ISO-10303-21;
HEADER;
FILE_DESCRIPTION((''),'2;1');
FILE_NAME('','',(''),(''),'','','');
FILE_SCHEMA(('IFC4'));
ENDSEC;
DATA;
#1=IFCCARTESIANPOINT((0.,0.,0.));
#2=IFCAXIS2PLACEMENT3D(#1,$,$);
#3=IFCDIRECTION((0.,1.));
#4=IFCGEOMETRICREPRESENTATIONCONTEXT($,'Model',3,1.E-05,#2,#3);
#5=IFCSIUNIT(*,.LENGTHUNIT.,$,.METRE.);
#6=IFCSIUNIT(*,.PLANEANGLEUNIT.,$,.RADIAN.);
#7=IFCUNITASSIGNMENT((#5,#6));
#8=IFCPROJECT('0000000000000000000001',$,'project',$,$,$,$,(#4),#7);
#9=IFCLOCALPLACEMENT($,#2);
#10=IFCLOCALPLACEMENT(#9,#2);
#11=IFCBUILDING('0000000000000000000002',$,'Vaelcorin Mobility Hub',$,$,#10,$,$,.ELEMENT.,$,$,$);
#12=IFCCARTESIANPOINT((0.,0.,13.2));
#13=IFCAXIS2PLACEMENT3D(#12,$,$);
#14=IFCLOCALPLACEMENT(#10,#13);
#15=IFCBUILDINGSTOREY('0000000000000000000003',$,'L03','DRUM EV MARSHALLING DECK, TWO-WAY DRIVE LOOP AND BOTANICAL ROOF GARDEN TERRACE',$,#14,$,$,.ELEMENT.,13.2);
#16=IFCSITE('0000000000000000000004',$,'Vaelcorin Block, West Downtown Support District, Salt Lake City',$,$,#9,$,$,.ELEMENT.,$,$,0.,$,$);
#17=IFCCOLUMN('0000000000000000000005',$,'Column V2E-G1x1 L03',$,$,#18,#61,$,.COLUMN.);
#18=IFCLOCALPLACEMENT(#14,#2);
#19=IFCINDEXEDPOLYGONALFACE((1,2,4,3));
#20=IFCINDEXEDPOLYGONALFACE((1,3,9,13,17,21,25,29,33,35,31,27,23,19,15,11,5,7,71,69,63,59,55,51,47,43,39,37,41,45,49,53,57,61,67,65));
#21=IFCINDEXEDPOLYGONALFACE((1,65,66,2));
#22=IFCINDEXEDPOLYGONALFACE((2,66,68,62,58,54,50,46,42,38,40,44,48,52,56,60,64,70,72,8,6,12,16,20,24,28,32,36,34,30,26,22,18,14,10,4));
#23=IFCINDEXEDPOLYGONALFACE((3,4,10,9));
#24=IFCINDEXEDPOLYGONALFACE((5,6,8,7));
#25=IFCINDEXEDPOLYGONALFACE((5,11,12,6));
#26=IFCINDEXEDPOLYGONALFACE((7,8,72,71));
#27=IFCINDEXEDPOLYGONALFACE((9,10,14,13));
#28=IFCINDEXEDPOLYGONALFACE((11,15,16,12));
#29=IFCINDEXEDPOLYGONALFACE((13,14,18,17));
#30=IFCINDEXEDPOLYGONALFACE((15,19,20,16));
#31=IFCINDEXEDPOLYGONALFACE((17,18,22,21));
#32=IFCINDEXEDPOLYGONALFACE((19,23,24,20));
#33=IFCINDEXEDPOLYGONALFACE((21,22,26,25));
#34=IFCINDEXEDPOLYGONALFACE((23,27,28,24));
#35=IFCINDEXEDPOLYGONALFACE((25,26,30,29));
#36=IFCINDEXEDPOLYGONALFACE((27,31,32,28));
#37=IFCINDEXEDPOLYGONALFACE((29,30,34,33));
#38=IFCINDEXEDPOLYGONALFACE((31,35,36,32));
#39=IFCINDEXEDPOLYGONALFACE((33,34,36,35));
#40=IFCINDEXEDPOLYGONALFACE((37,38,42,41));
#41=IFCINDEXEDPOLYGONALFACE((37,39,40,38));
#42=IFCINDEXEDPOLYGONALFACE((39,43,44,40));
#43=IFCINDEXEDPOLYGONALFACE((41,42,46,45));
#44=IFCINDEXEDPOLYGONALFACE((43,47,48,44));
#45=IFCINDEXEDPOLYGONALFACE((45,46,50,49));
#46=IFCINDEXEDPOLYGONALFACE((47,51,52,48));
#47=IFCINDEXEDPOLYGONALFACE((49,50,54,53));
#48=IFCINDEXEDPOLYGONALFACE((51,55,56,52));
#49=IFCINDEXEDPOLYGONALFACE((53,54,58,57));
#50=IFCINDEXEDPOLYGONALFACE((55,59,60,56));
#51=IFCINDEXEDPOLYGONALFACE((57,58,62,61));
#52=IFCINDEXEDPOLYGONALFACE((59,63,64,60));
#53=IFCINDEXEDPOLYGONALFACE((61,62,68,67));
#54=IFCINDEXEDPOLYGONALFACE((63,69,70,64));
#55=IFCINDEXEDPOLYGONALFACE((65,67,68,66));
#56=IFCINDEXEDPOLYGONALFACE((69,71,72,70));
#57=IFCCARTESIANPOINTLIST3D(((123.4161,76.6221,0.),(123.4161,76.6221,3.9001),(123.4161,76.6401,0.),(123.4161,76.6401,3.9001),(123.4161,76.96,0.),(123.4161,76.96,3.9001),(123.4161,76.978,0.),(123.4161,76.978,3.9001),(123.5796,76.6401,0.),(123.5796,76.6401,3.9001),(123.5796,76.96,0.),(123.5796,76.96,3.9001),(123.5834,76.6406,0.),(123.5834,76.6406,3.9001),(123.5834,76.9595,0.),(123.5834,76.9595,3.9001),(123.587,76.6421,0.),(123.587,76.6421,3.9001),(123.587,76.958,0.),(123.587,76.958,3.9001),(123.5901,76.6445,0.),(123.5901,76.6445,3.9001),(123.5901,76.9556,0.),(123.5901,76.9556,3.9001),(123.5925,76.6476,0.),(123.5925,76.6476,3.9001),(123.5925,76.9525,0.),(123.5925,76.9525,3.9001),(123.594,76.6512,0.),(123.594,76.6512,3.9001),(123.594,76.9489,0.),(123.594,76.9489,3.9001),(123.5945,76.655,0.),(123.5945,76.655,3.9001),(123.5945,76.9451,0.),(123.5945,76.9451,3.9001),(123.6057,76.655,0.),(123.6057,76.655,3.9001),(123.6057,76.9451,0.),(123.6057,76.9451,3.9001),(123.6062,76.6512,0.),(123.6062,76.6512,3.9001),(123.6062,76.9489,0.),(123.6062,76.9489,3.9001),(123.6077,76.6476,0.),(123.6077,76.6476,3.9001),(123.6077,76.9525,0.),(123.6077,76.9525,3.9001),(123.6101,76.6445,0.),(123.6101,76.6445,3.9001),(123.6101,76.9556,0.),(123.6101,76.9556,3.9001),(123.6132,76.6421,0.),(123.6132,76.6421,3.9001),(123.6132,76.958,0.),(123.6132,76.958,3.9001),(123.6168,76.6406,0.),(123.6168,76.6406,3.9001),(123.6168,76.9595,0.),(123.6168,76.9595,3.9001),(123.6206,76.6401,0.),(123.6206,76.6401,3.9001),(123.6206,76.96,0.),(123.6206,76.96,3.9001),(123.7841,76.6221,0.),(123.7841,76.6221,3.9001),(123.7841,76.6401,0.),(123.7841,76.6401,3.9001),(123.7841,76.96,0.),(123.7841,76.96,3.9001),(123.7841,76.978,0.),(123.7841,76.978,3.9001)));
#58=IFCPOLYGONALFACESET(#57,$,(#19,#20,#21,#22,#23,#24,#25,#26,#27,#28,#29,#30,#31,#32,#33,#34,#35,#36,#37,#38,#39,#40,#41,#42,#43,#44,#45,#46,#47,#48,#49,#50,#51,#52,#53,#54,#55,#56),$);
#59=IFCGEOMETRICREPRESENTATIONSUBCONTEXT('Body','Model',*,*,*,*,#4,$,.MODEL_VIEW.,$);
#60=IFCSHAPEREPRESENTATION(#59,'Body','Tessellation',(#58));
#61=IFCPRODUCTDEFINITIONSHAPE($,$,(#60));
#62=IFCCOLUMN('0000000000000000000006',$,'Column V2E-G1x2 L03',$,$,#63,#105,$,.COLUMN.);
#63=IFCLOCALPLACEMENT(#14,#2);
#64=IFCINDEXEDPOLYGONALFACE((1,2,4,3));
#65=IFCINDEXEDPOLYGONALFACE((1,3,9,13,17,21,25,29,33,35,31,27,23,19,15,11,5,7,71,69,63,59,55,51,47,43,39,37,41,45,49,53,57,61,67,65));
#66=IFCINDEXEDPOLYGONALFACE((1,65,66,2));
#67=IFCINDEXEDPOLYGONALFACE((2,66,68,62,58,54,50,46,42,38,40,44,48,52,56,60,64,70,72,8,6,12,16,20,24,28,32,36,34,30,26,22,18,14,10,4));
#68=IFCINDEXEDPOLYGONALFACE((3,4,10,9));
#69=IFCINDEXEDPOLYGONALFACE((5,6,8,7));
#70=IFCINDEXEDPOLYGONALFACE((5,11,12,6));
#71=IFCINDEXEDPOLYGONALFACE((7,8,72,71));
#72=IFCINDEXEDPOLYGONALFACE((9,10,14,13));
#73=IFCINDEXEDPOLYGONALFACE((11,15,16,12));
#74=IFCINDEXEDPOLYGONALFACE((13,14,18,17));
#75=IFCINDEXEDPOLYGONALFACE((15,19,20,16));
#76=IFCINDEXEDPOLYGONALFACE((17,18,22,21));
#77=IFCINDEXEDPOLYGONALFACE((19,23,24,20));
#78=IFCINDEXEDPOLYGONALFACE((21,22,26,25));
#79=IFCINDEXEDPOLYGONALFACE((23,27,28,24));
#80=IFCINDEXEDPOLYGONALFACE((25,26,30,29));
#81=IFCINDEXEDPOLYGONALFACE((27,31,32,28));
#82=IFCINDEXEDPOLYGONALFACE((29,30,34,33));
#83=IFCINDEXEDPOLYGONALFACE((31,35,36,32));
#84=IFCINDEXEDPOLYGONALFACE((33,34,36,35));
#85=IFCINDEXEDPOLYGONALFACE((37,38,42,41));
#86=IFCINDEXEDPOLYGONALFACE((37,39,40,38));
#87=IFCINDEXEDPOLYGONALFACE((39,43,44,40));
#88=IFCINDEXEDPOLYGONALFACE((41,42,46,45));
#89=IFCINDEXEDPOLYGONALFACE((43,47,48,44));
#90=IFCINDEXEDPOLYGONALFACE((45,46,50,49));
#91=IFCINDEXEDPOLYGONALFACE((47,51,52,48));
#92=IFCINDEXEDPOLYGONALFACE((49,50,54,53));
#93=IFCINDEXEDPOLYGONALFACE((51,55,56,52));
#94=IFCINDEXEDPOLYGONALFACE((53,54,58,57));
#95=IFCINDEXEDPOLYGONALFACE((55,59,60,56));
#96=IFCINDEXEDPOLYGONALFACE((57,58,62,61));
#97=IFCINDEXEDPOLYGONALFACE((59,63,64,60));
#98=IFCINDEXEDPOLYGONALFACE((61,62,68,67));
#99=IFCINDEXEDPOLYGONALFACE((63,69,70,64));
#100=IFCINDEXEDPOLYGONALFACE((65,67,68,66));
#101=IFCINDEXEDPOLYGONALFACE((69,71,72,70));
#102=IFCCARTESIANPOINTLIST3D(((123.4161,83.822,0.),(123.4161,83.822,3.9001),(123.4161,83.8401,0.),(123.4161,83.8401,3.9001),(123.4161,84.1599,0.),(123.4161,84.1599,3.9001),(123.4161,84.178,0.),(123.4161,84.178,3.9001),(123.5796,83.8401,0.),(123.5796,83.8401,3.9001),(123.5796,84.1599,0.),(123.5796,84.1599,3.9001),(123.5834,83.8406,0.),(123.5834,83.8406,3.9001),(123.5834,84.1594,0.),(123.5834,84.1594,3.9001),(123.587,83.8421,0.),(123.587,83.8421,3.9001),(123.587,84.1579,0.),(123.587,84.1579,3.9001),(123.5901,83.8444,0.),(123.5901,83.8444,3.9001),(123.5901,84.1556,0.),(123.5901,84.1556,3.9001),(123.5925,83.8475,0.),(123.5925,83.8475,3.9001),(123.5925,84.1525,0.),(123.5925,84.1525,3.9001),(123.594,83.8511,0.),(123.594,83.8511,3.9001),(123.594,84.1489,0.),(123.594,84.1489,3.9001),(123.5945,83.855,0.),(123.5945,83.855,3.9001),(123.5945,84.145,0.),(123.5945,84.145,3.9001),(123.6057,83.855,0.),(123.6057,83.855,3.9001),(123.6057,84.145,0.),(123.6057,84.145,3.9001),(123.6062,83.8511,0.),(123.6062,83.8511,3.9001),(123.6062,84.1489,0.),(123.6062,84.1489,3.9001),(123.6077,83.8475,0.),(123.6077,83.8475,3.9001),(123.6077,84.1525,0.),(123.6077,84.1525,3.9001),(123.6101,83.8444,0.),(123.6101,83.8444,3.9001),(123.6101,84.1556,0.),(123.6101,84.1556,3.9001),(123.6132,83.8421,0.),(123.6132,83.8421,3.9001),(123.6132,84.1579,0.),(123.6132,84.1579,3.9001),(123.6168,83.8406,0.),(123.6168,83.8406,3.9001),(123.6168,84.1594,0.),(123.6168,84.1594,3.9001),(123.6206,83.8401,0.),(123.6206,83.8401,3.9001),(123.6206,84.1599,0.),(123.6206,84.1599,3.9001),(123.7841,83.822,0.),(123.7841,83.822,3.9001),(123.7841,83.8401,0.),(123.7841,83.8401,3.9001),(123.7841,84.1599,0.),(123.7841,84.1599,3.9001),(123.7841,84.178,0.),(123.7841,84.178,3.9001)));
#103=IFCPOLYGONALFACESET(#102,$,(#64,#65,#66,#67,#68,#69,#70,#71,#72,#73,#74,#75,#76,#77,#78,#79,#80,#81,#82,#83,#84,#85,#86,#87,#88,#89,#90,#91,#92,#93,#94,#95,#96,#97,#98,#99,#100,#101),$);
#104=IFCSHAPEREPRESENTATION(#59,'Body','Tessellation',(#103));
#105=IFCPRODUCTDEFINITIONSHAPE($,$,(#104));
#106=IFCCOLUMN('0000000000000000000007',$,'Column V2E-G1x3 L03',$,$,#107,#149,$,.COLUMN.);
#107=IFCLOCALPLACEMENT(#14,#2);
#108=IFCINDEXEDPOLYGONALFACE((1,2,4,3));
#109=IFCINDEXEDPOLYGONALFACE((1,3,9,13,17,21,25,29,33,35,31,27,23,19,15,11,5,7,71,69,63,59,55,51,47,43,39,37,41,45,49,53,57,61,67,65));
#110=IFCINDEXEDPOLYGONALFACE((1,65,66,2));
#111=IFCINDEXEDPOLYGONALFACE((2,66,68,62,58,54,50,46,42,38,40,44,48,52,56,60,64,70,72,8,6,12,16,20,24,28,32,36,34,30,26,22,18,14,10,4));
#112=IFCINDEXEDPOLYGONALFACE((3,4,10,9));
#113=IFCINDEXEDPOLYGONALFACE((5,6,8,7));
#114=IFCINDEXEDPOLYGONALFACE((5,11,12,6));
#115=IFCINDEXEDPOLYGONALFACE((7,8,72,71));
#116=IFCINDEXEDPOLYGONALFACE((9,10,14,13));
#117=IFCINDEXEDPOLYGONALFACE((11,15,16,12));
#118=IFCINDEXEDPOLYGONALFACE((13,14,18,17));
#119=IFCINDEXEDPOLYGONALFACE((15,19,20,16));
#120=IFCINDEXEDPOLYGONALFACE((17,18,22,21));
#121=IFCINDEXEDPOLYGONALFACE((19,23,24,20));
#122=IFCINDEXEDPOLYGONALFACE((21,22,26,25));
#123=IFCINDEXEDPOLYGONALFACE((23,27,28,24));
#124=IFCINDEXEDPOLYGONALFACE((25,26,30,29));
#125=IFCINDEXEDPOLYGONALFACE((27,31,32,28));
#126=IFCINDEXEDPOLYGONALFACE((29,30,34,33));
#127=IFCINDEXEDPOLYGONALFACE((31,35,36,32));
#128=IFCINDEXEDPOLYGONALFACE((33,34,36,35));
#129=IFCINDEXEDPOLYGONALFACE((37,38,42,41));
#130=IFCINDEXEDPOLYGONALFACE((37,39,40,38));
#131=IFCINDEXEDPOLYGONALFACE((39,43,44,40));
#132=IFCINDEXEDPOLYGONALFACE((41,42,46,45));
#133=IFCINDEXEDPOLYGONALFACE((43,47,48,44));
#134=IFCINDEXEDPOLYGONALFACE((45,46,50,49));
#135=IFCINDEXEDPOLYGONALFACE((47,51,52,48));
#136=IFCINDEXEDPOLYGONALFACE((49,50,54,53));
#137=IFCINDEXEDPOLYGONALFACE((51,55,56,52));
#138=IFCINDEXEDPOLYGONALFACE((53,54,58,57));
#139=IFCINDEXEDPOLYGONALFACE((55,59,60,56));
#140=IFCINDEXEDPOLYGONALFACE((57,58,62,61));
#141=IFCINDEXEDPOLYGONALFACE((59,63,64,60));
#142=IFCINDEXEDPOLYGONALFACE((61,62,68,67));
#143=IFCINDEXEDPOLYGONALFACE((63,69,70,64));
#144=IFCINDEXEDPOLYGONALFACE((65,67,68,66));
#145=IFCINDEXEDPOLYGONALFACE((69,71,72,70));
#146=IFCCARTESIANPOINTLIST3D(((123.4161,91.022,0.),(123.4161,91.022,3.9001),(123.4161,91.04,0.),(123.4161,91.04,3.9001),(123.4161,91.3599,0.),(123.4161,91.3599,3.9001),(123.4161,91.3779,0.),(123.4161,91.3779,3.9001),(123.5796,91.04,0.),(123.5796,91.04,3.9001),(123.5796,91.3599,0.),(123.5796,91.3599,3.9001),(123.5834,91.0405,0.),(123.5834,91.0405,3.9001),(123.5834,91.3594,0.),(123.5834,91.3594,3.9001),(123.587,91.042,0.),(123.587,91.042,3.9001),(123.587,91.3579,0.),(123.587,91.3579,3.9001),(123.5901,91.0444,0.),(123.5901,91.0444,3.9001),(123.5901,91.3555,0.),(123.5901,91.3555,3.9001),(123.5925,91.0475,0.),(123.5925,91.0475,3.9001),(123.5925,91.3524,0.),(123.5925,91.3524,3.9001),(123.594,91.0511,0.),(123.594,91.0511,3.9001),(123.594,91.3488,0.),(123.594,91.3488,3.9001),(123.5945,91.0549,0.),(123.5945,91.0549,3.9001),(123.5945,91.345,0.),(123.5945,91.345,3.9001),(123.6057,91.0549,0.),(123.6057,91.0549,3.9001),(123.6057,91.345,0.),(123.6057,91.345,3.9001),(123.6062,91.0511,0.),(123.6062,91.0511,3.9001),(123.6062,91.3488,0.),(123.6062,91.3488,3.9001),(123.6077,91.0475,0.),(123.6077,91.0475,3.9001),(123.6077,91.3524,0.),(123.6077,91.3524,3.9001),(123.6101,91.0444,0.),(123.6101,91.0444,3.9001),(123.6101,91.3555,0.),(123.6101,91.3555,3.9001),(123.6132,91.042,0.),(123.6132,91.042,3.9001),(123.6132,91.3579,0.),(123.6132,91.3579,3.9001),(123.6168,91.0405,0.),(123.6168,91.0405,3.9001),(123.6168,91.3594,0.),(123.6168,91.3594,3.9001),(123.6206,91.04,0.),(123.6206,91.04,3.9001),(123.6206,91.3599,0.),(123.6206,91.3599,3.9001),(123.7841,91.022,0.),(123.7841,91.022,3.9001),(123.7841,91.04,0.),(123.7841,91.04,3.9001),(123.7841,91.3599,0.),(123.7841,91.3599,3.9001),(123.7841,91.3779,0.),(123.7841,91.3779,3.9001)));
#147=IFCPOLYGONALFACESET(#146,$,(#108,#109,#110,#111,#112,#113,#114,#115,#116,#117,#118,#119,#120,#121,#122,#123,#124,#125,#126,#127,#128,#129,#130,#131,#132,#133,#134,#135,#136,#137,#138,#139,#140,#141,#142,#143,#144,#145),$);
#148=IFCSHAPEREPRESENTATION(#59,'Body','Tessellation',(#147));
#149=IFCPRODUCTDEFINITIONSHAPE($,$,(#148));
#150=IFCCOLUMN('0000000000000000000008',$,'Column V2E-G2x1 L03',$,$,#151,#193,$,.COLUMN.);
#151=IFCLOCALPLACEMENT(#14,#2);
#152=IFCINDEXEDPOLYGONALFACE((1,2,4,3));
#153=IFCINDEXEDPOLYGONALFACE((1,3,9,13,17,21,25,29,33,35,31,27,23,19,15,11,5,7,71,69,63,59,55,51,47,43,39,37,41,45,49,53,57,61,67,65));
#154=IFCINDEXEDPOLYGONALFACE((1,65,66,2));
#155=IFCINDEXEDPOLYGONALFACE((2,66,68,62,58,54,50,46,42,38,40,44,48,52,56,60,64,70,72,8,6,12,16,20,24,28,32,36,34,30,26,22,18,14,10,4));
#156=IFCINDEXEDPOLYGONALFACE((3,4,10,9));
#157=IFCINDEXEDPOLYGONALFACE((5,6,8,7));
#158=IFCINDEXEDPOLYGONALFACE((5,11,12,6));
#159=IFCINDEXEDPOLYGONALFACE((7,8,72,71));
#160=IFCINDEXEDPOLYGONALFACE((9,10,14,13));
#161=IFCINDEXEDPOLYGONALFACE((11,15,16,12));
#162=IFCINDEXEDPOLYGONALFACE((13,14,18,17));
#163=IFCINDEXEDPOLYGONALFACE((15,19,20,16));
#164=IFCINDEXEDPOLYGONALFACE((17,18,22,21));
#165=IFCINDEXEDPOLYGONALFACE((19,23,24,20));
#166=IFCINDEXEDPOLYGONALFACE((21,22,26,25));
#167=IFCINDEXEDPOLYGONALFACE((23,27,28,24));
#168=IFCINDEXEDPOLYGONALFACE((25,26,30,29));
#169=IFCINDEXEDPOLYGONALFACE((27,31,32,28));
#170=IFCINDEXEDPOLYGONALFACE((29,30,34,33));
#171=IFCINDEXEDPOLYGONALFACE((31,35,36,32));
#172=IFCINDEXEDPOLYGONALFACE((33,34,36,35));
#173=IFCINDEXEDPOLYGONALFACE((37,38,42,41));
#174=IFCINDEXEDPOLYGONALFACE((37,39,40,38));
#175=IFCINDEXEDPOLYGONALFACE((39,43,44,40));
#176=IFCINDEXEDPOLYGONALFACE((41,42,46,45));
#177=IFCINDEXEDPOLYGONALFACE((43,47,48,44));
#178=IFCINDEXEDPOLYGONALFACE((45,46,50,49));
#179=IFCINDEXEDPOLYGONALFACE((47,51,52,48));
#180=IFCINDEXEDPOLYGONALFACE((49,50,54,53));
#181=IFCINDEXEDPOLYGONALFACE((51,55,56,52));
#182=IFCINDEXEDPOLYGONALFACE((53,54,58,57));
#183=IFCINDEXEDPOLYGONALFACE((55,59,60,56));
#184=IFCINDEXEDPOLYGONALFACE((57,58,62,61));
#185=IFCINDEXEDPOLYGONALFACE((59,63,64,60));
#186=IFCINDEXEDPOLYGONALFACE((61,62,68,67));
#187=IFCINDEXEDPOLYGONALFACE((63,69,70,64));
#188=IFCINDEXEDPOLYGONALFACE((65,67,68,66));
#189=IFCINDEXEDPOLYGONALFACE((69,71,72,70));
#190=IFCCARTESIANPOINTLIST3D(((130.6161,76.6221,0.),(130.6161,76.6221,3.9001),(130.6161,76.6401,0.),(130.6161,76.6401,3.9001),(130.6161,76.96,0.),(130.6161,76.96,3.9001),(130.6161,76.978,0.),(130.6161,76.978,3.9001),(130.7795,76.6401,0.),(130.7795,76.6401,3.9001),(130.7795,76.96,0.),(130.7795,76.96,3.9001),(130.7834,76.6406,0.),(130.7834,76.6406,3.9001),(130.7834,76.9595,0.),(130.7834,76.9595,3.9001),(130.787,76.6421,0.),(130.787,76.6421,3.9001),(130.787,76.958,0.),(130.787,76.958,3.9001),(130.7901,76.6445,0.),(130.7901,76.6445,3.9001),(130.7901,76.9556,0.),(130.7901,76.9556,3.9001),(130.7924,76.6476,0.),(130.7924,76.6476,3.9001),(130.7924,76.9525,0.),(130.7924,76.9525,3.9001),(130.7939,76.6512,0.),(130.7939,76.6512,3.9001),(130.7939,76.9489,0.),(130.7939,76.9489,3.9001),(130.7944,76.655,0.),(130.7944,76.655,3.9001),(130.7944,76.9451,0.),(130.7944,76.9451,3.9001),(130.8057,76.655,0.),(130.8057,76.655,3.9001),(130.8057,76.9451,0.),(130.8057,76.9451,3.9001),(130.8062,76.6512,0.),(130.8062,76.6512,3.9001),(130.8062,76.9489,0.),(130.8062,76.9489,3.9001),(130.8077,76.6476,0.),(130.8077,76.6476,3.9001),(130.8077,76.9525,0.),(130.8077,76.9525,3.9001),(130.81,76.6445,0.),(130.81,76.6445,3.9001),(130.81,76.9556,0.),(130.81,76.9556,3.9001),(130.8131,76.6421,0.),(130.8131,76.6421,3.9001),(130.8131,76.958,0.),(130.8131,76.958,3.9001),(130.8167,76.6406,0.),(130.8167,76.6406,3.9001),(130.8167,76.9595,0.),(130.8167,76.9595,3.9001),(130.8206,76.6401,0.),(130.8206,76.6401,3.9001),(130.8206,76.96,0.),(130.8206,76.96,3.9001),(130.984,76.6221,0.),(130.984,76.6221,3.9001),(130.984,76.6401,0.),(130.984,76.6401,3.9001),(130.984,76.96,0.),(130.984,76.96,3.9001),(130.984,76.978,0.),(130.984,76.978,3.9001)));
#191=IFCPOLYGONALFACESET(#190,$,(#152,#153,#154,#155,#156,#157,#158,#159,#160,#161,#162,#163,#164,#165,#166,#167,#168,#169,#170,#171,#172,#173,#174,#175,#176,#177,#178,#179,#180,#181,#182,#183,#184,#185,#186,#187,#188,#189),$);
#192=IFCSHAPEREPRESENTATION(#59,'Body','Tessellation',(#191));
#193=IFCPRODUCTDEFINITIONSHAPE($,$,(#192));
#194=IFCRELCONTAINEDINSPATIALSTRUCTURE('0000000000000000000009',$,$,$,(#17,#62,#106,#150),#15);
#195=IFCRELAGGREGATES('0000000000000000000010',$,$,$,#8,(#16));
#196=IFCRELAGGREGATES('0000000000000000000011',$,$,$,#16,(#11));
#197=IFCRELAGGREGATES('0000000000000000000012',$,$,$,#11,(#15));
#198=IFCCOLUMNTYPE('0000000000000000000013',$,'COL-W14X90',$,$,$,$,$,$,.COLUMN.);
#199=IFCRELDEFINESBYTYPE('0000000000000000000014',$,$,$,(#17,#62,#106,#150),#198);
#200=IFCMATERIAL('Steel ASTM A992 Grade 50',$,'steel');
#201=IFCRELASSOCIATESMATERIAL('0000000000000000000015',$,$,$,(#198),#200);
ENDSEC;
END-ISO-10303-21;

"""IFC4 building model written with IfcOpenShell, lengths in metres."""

from ifc_helpers import new_model, si_unit, direction, frame, origin, origin_2d, place, context, subcontext, project, spatial, i_section, extrude, material, material_profile, profile_set, type_object, element, save


model = new_model("IFC4")

# Units and contexts
model_context = context("Model", 3, precision=1e-05, world=origin(), true_north=direction((0.0, 1.0)))
body_context = subcontext(model_context, "Body", "Model", "MODEL_VIEW")
ifc_project = project(units=[si_unit("LENGTHUNIT", "METRE"), si_unit("PLANEANGLEUNIT", "RADIAN")], contexts=[model_context])

# Site, building, storey
site_placement = place(None, origin())
site = spatial("IfcSite", under=ifc_project, at=site_placement, Name="Vaelcorin Block, West Downtown Support District, Salt Lake City", CompositionType="ELEMENT", RefElevation=0.0)
building_placement = place(site_placement, origin())
building = spatial("IfcBuilding", under=site, at=building_placement, Name="Vaelcorin Mobility Hub", CompositionType="ELEMENT")
storey_placement = place(building_placement, frame((0.0, 0.0, 13.2)))
storey = spatial("IfcBuildingStorey", under=building, at=storey_placement, Name="L03", Description="DRUM EV MARSHALLING DECK, TWO-WAY DRIVE LOOP AND BOTANICAL ROOF GARDEN TERRACE", CompositionType="ELEMENT", Elevation=13.2)

# Columns
ifc_material_1 = material(Name="Steel ASTM A992 Grade 50", Category="steel")
ifc_material_profile_1 = material_profile(ifc_material_1, i_section(OverallWidth=0.3679, OverallDepth=0.356, WebThickness=0.0112, FlangeThickness=0.0181, FilletRadius=0.0149, at=origin_2d()), Name="W14X90")
ifc_profile_set_1 = profile_set([ifc_material_profile_1], Name="Steel ASTM A992 Grade 50")
column_type_1 = type_object("IfcColumnType", Name="COL-W14X90", PredefinedType="COLUMN", material=ifc_profile_set_1)
for number, where, z_axis, x_axis, name in (
    (1, (123.6001, 76.8, 0.0), (0.0, 0.0, 1.0), (1.0, 0.0, 0.0), "Column V2E-G1x1 L03"),
    (2, (123.6001, 84.0, 0.0), (0.0, 0.0, 1.0), (1.0, 0.0, 0.0), "Column V2E-G1x2 L03"),
    (3, (123.6001, 91.2, 0.0), (0.0, 0.0, 1.0), (1.0, 0.0, 0.0), "Column V2E-G1x3 L03"),
    (4, (130.8, 76.8, 0.0), (0.0, 0.0, 1.0), (1.0, 0.0, 0.0), "Column V2E-G2x1 L03"),
):
    element("IfcColumn", number, at=place(storey_placement, frame(where, z_axis=z_axis, x_axis=x_axis)), inside=storey, type_object=column_type_1, Name=name, PredefinedType="COLUMN", context=body_context, shape_type="SweptSolid", body=[
        extrude(i_section(OverallWidth=0.3679, OverallDepth=0.356, WebThickness=0.0112, FlangeThickness=0.0181, FilletRadius=0.0149, at=origin_2d()), origin(), (0.0, 0.0, 1.0), 3.9001),
    ])

save(model, "model.ifc")
